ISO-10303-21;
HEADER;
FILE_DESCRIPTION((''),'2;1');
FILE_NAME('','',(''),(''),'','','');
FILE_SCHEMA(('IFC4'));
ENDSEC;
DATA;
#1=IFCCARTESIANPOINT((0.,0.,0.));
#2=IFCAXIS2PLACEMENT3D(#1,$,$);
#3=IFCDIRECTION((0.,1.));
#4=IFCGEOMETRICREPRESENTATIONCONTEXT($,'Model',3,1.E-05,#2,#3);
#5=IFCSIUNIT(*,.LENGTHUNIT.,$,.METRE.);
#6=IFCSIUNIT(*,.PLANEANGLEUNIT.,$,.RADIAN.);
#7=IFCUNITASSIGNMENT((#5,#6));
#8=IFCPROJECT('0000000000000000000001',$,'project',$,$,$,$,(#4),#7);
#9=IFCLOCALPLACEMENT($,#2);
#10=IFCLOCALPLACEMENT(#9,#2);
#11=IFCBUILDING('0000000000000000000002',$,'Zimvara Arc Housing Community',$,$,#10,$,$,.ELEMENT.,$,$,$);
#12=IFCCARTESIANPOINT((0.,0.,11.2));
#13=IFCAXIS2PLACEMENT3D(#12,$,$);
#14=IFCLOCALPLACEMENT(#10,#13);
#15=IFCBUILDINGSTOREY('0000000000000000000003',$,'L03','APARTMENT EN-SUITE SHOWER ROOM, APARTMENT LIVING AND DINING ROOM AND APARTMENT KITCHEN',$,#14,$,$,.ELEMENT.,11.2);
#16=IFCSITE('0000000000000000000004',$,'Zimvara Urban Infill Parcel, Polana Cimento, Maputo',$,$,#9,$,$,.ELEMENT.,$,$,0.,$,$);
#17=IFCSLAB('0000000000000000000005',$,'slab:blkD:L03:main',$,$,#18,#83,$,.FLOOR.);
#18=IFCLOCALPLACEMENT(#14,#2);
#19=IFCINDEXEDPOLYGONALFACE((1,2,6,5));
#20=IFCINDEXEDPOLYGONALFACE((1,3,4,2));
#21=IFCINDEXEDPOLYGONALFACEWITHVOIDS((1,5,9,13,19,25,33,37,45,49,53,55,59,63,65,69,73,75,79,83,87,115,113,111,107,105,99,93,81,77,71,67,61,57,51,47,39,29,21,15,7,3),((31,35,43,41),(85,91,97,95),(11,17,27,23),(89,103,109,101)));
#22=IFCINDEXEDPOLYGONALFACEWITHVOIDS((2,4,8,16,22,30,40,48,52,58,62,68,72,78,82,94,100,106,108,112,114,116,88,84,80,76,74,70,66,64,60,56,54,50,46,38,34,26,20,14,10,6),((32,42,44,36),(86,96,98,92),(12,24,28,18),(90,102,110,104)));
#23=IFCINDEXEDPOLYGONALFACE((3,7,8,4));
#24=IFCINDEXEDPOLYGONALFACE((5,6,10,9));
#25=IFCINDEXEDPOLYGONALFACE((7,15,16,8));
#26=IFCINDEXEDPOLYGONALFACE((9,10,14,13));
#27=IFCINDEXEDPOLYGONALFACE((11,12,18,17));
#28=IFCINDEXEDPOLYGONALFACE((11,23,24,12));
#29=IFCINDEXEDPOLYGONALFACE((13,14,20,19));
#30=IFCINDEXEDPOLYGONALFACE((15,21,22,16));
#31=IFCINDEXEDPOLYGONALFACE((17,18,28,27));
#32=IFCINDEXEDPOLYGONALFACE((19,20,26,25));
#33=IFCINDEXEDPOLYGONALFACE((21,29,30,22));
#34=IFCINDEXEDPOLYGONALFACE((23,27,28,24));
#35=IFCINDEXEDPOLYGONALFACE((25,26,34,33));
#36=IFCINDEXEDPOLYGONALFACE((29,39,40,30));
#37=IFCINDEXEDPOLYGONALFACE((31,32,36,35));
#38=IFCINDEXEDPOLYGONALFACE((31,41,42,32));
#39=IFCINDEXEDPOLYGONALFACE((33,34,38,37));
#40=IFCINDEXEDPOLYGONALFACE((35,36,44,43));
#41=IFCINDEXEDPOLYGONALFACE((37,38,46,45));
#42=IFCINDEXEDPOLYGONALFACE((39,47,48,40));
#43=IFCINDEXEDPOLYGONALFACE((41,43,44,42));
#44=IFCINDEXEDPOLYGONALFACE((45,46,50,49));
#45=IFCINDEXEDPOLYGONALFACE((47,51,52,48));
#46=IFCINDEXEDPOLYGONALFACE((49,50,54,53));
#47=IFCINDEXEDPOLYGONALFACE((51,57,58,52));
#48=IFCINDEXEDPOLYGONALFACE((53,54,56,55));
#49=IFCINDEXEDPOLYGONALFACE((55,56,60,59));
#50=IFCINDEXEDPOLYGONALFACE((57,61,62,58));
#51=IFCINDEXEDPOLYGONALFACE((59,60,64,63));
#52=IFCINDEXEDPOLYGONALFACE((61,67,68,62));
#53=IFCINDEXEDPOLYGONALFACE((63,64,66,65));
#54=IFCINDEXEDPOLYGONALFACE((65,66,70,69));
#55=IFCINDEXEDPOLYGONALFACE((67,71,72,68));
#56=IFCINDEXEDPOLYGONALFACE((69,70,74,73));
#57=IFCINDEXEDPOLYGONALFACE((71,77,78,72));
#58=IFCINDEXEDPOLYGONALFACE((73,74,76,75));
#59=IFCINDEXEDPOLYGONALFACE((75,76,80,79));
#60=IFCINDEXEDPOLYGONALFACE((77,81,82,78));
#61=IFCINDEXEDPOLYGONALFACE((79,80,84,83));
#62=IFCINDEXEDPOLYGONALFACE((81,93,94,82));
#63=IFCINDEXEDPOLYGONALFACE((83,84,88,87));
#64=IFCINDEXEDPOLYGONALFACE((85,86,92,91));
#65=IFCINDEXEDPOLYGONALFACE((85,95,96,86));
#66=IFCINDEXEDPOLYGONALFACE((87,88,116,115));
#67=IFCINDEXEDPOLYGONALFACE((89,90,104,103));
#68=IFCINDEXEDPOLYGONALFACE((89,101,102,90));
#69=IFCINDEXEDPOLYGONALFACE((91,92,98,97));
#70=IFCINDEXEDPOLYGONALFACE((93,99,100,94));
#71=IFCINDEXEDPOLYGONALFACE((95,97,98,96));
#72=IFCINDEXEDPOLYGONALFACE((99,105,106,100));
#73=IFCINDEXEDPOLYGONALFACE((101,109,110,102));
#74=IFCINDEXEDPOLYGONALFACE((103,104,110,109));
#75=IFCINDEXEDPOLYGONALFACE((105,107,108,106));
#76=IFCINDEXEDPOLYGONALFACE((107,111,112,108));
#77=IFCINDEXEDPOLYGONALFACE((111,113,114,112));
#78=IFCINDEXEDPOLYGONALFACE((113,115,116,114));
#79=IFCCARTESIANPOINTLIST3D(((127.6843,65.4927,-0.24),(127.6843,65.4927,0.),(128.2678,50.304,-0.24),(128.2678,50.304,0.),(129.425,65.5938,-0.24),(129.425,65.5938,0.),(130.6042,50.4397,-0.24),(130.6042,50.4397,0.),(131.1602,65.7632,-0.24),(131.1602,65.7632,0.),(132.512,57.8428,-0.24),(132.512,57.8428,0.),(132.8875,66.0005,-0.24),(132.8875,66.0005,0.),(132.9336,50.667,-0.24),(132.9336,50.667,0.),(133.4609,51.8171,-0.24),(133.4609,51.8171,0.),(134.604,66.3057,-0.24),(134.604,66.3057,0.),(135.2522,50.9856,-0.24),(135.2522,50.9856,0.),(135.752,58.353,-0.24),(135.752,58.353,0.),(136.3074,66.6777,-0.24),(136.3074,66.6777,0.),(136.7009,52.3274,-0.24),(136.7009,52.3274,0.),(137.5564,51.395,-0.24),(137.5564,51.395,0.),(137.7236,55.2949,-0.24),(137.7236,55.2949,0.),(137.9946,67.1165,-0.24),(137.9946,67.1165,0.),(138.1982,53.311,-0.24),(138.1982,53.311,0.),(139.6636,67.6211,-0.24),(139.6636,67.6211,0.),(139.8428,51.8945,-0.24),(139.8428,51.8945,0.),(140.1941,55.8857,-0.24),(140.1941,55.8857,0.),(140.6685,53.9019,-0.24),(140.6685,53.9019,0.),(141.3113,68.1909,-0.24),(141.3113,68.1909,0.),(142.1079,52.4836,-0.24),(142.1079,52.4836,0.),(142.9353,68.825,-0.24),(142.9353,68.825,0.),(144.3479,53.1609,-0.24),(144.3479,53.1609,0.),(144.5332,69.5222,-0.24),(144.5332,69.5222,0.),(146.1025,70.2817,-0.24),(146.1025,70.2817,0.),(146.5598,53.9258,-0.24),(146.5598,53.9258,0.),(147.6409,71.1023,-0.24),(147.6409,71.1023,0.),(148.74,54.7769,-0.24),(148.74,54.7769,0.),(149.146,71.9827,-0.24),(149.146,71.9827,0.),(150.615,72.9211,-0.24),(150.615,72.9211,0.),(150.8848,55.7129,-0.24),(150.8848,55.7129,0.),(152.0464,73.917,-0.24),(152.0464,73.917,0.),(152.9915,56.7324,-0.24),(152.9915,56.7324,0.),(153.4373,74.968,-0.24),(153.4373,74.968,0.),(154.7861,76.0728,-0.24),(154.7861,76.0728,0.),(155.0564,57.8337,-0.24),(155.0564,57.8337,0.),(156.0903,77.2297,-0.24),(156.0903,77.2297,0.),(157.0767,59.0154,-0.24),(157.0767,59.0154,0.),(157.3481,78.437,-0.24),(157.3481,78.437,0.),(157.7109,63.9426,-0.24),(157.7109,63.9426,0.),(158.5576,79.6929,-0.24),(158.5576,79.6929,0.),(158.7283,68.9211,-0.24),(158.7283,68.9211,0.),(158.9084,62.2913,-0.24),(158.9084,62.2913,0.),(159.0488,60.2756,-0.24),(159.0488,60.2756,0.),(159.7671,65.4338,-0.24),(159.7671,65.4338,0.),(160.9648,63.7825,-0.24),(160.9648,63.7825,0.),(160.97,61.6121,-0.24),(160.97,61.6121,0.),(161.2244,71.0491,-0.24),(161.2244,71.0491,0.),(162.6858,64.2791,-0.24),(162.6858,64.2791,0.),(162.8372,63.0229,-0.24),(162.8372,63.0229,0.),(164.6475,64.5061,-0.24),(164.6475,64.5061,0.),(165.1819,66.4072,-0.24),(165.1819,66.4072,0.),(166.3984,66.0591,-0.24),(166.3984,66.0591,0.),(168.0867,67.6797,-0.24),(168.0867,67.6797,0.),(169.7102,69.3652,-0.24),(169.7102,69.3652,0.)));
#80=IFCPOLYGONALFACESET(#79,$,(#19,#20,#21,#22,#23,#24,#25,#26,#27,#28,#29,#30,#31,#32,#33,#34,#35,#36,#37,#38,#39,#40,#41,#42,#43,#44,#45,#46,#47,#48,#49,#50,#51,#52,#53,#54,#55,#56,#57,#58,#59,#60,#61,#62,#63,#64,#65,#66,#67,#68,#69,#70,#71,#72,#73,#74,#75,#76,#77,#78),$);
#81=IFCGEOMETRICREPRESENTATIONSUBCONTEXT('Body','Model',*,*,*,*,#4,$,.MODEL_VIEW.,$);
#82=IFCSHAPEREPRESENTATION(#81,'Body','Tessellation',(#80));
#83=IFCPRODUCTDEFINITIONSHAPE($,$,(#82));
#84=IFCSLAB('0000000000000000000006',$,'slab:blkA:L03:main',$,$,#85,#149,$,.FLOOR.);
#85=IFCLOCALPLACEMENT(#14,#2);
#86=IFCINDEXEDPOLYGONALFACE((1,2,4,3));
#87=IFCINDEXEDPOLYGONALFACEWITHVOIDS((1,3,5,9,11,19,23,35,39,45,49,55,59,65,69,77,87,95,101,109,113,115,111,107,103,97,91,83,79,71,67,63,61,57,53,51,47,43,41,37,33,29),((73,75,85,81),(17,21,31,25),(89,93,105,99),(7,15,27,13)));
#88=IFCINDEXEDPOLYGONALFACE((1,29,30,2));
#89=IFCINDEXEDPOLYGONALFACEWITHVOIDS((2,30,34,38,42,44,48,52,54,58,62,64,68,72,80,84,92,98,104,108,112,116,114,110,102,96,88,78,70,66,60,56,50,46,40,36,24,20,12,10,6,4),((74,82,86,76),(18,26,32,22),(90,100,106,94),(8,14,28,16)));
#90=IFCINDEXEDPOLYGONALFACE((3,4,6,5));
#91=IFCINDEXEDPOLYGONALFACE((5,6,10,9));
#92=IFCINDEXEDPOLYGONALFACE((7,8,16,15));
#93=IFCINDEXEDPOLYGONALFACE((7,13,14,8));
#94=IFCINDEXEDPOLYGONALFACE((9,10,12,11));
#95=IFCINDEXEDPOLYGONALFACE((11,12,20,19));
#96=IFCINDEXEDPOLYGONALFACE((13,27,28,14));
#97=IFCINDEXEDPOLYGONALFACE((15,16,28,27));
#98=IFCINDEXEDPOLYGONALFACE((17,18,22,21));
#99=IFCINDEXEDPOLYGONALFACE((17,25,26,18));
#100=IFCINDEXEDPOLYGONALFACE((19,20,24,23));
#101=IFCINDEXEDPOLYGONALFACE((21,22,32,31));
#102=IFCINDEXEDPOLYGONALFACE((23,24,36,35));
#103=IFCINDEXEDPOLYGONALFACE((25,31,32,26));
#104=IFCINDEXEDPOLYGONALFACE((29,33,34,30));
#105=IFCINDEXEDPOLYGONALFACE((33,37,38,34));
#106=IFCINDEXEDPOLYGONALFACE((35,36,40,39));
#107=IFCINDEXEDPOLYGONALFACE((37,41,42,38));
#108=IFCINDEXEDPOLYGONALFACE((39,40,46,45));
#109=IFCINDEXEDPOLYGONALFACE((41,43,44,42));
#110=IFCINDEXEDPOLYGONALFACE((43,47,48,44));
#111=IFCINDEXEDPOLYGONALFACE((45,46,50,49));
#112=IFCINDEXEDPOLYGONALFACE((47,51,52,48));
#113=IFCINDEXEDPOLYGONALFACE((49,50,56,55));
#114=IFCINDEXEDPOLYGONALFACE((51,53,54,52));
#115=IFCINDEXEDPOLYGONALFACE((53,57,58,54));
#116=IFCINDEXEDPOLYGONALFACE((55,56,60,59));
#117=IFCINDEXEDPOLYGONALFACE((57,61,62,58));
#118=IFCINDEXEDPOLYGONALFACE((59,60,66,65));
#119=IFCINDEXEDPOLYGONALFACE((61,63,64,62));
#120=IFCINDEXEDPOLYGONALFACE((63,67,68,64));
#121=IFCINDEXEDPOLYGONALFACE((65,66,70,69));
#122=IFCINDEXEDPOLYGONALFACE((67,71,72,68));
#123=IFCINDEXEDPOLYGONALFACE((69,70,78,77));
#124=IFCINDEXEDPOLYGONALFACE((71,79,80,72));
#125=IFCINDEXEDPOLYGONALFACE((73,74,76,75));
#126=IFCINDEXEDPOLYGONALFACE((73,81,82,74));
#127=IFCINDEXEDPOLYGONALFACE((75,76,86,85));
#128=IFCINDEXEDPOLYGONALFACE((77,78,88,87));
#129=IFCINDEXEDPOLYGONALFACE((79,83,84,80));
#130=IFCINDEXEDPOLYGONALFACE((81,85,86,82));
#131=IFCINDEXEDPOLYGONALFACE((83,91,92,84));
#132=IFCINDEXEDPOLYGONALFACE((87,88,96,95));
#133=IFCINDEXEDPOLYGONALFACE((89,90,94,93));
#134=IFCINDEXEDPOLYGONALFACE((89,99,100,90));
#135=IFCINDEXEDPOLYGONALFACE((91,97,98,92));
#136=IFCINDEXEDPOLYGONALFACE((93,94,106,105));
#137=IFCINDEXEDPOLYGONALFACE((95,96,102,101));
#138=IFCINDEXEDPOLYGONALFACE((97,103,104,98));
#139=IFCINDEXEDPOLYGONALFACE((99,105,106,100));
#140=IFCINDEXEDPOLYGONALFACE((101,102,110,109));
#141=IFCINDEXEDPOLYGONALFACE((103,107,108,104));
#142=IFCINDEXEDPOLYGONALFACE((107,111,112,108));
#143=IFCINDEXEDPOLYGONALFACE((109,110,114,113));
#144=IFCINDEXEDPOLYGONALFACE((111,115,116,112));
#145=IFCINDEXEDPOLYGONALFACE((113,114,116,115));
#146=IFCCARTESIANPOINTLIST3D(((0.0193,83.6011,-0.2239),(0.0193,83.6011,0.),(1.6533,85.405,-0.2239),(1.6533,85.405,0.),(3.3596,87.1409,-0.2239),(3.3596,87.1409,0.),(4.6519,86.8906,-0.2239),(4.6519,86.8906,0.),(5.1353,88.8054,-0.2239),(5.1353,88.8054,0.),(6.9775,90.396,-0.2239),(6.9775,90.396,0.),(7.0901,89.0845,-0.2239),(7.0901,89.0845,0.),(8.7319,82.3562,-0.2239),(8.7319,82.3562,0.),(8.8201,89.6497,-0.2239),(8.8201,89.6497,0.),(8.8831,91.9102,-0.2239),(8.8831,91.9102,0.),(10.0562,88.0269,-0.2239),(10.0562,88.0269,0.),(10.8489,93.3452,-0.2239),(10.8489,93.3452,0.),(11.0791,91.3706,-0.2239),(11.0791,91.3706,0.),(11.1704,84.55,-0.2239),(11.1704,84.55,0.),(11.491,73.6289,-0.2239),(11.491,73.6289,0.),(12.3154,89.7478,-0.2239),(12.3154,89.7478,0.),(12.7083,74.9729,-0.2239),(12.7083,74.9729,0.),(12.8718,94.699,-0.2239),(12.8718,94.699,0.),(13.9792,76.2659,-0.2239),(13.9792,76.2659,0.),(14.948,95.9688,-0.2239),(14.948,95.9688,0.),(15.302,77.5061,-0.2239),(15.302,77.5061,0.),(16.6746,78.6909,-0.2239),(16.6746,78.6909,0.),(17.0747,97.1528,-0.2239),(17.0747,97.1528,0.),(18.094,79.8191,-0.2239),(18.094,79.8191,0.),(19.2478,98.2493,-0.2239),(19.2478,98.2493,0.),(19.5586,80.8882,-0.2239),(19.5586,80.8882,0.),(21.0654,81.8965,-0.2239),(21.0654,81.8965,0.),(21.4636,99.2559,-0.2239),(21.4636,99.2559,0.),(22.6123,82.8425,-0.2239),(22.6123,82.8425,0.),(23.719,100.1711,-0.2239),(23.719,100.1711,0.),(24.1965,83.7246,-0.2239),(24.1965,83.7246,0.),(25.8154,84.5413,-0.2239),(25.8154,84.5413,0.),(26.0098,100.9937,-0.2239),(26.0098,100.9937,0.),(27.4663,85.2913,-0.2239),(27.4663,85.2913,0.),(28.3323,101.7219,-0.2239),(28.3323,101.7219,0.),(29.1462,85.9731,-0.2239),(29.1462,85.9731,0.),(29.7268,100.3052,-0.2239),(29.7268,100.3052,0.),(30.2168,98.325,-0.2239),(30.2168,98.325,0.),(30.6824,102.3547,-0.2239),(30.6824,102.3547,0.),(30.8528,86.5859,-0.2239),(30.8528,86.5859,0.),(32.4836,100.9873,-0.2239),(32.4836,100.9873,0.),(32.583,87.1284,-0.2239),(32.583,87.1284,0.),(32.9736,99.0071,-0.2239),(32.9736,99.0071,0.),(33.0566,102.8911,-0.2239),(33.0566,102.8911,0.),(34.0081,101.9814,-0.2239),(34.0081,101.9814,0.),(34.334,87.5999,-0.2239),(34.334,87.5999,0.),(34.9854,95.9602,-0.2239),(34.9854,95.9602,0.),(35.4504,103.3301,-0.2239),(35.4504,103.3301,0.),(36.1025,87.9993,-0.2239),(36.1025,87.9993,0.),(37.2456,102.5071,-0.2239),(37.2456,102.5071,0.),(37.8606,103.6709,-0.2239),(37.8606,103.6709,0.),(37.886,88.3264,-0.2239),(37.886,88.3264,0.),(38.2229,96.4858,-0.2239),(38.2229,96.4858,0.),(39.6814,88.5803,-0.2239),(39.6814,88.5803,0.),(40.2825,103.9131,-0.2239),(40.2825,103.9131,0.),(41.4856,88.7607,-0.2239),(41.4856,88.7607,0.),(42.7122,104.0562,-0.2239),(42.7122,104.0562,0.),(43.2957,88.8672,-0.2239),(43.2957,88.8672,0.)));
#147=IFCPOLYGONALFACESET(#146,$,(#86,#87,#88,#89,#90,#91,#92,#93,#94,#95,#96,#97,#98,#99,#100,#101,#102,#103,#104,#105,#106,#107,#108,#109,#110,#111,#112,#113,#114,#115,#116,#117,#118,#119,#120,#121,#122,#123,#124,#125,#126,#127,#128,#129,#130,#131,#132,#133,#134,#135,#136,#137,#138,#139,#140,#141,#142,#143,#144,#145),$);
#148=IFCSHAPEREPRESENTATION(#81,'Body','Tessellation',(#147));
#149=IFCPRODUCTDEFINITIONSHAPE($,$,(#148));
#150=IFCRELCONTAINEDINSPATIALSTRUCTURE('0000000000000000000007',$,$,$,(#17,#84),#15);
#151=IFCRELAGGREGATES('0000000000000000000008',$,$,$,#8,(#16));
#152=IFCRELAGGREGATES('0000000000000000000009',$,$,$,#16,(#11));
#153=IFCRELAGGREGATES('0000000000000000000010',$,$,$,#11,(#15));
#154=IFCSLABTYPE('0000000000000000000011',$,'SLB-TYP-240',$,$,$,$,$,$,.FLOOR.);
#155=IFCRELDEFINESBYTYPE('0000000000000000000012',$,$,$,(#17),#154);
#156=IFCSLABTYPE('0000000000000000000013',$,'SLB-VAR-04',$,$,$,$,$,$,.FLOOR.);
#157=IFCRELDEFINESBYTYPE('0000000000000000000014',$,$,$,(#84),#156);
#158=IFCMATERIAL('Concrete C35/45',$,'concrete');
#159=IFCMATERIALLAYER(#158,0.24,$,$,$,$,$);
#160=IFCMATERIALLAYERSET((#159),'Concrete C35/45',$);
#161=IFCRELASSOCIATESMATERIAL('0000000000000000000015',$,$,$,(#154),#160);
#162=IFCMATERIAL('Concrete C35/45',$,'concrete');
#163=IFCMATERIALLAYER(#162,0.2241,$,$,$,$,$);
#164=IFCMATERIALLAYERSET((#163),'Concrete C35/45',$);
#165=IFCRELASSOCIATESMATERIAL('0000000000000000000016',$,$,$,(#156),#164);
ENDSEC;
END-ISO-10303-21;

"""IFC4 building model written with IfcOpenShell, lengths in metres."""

from ifc_helpers import new_model, si_unit, direction, frame, origin, place, context, subcontext, project, spatial, polyline, outline, extrude, material, layer, layer_set, type_object, element, save


model = new_model("IFC4")

# Units and contexts
model_context = context("Model", 3, precision=1e-05, world=origin(), true_north=direction((0.0, 1.0)))
body_context = subcontext(model_context, "Body", "Model", "MODEL_VIEW")
ifc_project = project(units=[si_unit("LENGTHUNIT", "METRE"), si_unit("PLANEANGLEUNIT", "RADIAN")], contexts=[model_context])

# Site, building, storey
site_placement = place(None, origin())
site = spatial("IfcSite", under=ifc_project, at=site_placement, Name="Zimvara Urban Infill Parcel, Polana Cimento, Maputo", CompositionType="ELEMENT", RefElevation=0.0)
building_placement = place(site_placement, origin())
building = spatial("IfcBuilding", under=site, at=building_placement, Name="Zimvara Arc Housing Community", CompositionType="ELEMENT")
storey_placement = place(building_placement, frame((0.0, 0.0, 11.2)))
storey = spatial("IfcBuildingStorey", under=building, at=storey_placement, Name="L03", Description="APARTMENT EN-SUITE SHOWER ROOM, APARTMENT LIVING AND DINING ROOM AND APARTMENT KITCHEN", CompositionType="ELEMENT", Elevation=11.2)

# Slabs
ifc_material_1 = material(Name="Concrete C35/45", Category="concrete")
ifc_layer_1 = layer(ifc_material_1, 0.24)
ifc_layer_set_1 = layer_set([ifc_layer_1], Name="Concrete C35/45")
slab_type_1 = type_object("IfcSlabType", Name="SLB-TYP-240", PredefinedType="FLOOR", material=ifc_layer_set_1)
slab_1_placement = place(storey_placement, frame((0.0, 0.0, -0.24)))
element("IfcSlab", 1, at=slab_1_placement, inside=storey, type_object=slab_type_1, Name="slab:blkD:L03:main", PredefinedType="FLOOR", context=body_context, shape_type="SweptSolid", body=[
    extrude(outline(polyline([(128.2678, 50.304), (130.6042, 50.4397), (132.9336, 50.667), (135.2522, 50.9856), (137.5564, 51.395), (139.8428, 51.8945), (142.1079, 52.4836), (144.3479, 53.1609), (146.5598, 53.9258), (148.74, 54.7769), (150.8848, 55.7129), (152.9915, 56.7324), (155.0564, 57.8337), (157.0767, 59.0154), (159.0488, 60.2756), (160.97, 61.6121), (162.8372, 63.0229), (164.6475, 64.5061), (166.3984, 66.0591), (168.0867, 67.6797), (169.7102, 69.3652), (158.5576, 79.6929), (157.3481, 78.437), (156.0903, 77.2297), (154.7861, 76.0728), (153.4373, 74.968), (152.0464, 73.917), (150.615, 72.9211), (149.146, 71.9827), (147.6409, 71.1023), (146.1025, 70.2817), (144.5332, 69.5222), (142.9353, 68.825), (141.3113, 68.1909), (139.6636, 67.6211), (137.9946, 67.1165), (136.3074, 66.6777), (134.604, 66.3057), (132.8875, 66.0005), (131.1602, 65.7632), (129.425, 65.5938), (127.6843, 65.4927), (128.2678, 50.304)]), holes=[polyline([(135.752, 58.353), (136.7009, 52.3274), (133.4609, 51.8171), (132.512, 57.8428), (135.752, 58.353)]), polyline([(161.2244, 71.0491), (165.1819, 66.4072), (162.6858, 64.2791), (158.7283, 68.9211), (161.2244, 71.0491)]), polyline([(140.1941, 55.8857), (140.6685, 53.9019), (138.1982, 53.311), (137.7236, 55.2949), (140.1941, 55.8857)]), polyline([(159.7671, 65.4338), (160.9648, 63.7825), (158.9084, 62.2913), (157.7109, 63.9426), (159.7671, 65.4338)])]), origin(), (0.0, 0.0, 1.0), 0.24),
])
ifc_material_2 = material(Name="Concrete C35/45", Category="concrete")
ifc_layer_2 = layer(ifc_material_2, 0.2241)
ifc_layer_set_2 = layer_set([ifc_layer_2], Name="Concrete C35/45")
slab_type_2 = type_object("IfcSlabType", Name="SLB-VAR-04", PredefinedType="FLOOR", material=ifc_layer_set_2)
slab_2_placement = place(storey_placement, frame((0.0, 0.0, -0.2239)))
element("IfcSlab", 2, at=slab_2_placement, inside=storey, type_object=slab_type_2, Name="slab:blkA:L03:main", PredefinedType="FLOOR", context=body_context, shape_type="SweptSolid", body=[
    extrude(outline(polyline([(11.491, 73.6289), (12.7083, 74.9729), (13.9792, 76.2659), (15.302, 77.5061), (16.6746, 78.6909), (18.094, 79.8191), (19.5586, 80.8882), (21.0654, 81.8965), (22.6123, 82.8425), (24.1965, 83.7246), (25.8154, 84.5413), (27.4663, 85.2913), (29.1462, 85.9731), (30.8528, 86.5859), (32.583, 87.1284), (34.334, 87.5999), (36.1025, 87.9993), (37.886, 88.3264), (39.6814, 88.5803), (41.4856, 88.7607), (43.2957, 88.8672), (42.7122, 104.0562), (40.2825, 103.9131), (37.8606, 103.6709), (35.4504, 103.3301), (33.0566, 102.8911), (30.6824, 102.3547), (28.3323, 101.7219), (26.0098, 100.9937), (23.719, 100.1711), (21.4636, 99.2559), (19.2478, 98.2493), (17.0747, 97.1528), (14.948, 95.9688), (12.8718, 94.699), (10.8489, 93.3452), (8.8831, 91.9102), (6.9775, 90.396), (5.1353, 88.8054), (3.3596, 87.1409), (1.6533, 85.405), (0.0193, 83.6011), (11.491, 73.6289)]), holes=[polyline([(8.7319, 82.3562), (4.6519, 86.8906), (7.0901, 89.0845), (11.1704, 84.55), (8.7319, 82.3562)]), polyline([(34.9854, 95.9602), (34.0081, 101.9814), (37.2456, 102.5071), (38.2229, 96.4858), (34.9854, 95.9602)]), polyline([(10.0562, 88.0269), (8.8201, 89.6497), (11.0791, 91.3706), (12.3154, 89.7478), (10.0562, 88.0269)]), polyline([(30.2168, 98.325), (29.7268, 100.3052), (32.4836, 100.9873), (32.9736, 99.0071), (30.2168, 98.325)])]), origin(), (0.0, 0.0, 1.0), 0.2239),
])

save(model, "model.ifc")
